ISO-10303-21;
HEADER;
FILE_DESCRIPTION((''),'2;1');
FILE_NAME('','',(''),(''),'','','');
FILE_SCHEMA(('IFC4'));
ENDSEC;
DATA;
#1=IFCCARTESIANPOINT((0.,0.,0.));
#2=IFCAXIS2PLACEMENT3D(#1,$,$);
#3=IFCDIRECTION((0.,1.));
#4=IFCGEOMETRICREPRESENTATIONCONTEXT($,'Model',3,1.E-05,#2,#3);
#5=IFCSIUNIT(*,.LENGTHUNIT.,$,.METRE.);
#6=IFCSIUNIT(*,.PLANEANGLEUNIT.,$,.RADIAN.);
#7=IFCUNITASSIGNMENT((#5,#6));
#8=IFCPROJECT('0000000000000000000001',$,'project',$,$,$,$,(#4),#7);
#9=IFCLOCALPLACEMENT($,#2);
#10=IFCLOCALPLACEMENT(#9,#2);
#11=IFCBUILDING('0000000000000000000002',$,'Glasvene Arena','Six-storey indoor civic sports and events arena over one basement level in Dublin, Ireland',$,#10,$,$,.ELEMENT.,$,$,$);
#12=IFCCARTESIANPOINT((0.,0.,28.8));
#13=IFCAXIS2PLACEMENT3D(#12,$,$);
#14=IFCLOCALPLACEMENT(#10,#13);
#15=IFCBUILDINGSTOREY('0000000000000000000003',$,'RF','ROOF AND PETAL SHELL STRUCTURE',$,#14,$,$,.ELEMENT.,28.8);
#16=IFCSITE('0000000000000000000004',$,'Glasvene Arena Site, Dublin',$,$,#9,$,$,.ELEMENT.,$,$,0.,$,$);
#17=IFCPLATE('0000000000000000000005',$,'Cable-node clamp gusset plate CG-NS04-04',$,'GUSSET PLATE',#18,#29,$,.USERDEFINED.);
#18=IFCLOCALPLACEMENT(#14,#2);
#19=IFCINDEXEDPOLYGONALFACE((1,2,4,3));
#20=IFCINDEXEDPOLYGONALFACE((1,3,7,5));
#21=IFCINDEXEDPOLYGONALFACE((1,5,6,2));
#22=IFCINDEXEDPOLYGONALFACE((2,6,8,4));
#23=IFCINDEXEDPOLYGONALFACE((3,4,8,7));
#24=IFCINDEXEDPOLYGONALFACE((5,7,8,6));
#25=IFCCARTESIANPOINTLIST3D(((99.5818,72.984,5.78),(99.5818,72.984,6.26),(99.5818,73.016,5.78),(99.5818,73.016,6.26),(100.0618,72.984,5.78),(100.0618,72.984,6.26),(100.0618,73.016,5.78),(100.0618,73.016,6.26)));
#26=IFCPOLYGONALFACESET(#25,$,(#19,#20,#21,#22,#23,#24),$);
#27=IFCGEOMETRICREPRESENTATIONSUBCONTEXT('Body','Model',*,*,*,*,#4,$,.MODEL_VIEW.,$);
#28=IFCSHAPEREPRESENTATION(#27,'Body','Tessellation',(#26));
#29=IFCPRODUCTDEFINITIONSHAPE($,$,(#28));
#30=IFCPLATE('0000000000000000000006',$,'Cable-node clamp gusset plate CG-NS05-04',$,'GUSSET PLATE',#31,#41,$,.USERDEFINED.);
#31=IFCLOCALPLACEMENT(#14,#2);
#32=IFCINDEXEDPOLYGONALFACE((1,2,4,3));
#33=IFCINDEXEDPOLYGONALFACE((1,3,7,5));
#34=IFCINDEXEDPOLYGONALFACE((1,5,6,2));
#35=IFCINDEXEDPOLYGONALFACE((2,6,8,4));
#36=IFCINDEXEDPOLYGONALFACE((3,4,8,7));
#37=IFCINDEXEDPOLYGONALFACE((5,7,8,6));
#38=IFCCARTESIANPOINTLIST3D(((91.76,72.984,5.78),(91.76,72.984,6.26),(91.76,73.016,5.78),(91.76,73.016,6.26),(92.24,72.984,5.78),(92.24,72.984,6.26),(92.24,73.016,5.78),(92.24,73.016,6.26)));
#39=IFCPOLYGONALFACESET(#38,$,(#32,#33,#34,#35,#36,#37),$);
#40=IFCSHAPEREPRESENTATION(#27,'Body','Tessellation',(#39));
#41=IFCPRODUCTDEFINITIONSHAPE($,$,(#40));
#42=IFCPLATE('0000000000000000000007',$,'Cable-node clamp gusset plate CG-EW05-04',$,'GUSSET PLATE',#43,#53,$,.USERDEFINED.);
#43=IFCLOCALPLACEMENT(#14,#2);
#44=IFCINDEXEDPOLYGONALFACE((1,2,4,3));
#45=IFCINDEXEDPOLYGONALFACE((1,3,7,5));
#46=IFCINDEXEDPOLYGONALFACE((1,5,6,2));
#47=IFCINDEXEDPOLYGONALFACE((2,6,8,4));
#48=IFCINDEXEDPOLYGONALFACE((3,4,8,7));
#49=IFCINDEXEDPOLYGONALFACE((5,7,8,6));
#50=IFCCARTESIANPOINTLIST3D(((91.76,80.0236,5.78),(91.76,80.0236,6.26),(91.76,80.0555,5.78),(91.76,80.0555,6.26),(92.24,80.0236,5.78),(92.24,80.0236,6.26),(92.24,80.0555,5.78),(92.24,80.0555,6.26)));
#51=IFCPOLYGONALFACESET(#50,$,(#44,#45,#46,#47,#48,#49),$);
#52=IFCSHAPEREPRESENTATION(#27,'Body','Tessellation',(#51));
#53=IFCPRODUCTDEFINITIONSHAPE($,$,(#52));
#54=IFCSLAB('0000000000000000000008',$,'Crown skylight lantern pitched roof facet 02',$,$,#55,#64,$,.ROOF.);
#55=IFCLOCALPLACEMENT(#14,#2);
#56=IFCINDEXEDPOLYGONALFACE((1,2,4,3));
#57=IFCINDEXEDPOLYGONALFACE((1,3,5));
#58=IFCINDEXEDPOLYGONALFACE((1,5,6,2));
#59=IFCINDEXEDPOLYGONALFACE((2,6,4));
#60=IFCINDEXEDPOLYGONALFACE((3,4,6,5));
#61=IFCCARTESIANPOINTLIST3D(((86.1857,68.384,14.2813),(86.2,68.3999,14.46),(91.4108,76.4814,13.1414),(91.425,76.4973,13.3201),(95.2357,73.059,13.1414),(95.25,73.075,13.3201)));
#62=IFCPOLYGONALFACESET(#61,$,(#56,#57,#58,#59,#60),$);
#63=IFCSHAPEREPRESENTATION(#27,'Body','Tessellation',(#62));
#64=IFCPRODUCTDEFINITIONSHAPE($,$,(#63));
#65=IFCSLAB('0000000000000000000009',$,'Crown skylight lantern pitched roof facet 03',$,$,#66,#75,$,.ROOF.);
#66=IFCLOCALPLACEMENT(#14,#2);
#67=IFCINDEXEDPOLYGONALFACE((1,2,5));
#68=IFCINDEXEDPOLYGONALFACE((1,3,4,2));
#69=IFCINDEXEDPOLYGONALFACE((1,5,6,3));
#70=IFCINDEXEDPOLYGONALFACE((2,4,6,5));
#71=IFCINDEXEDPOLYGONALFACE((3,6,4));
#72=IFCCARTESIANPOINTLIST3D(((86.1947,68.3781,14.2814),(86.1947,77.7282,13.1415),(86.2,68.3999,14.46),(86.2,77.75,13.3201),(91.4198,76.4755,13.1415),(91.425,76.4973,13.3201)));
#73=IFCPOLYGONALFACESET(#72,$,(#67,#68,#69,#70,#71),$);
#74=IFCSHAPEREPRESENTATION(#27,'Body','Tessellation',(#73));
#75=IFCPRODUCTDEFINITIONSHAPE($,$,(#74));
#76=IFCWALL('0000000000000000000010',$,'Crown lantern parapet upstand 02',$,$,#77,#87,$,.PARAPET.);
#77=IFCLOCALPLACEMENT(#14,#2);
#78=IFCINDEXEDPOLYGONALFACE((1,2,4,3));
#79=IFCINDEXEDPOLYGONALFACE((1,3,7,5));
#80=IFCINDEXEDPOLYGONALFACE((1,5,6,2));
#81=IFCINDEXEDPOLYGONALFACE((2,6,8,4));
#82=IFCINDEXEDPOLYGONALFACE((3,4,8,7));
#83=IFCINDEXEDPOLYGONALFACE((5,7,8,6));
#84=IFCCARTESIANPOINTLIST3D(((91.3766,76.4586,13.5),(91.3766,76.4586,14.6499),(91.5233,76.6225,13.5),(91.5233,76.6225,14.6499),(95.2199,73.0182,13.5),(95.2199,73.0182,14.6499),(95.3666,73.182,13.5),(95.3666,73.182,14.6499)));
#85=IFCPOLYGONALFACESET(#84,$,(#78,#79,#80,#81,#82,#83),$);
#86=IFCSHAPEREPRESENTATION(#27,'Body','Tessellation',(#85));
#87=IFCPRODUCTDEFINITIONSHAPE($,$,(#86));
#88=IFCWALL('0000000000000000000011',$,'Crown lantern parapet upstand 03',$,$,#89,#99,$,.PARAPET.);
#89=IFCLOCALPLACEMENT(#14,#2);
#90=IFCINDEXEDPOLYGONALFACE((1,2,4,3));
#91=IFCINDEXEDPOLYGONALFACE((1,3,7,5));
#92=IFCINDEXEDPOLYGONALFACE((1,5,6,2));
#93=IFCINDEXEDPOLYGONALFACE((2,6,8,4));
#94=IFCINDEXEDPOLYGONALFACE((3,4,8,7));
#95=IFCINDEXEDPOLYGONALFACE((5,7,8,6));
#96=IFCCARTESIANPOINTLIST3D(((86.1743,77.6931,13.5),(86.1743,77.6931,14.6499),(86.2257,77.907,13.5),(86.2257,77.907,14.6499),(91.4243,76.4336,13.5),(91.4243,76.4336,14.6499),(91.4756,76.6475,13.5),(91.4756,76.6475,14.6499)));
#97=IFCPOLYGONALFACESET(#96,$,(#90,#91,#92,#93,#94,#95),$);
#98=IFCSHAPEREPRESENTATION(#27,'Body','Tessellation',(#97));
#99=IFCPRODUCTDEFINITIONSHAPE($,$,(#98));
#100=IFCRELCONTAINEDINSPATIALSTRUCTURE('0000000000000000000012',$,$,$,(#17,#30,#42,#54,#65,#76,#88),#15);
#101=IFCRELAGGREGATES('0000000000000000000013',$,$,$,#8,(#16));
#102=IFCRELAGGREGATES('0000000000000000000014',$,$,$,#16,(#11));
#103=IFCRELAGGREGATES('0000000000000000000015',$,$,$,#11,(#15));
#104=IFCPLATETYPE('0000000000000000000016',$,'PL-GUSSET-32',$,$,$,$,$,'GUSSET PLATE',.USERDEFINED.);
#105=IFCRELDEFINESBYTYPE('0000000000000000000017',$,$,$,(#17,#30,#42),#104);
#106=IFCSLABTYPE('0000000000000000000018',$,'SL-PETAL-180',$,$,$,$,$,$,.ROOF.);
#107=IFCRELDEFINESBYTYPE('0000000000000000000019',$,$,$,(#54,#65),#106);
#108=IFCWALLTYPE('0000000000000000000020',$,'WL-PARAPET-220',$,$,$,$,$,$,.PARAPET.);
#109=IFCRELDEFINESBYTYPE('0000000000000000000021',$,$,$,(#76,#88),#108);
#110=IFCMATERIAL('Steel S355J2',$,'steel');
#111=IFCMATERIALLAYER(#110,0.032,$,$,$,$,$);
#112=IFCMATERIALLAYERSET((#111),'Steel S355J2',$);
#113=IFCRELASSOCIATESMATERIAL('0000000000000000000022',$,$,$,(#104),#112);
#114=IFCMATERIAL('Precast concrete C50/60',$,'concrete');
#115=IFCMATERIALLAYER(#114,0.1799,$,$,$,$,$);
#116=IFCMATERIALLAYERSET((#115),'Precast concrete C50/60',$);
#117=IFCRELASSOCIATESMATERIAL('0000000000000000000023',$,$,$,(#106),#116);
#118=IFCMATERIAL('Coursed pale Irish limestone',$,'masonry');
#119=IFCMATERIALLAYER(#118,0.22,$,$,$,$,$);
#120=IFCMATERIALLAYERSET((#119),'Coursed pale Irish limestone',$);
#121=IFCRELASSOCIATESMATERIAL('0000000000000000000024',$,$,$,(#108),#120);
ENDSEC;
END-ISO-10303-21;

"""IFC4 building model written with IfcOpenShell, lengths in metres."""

from ifc_helpers import new_model, si_unit, direction, frame, frame_2d, origin, origin_2d, place, context, subcontext, project, spatial, polyline, rectangle, outline, extrude, material, layer, layer_set, type_object, element, save


model = new_model("IFC4")

# Units and contexts
model_context = context("Model", 3, precision=1e-05, world=origin(), true_north=direction((0.0, 1.0)))
body_context = subcontext(model_context, "Body", "Model", "MODEL_VIEW")
ifc_project = project(units=[si_unit("LENGTHUNIT", "METRE"), si_unit("PLANEANGLEUNIT", "RADIAN")], contexts=[model_context])

# Site, building, storey
site_placement = place(None, origin())
site = spatial("IfcSite", under=ifc_project, at=site_placement, Name="Glasvene Arena Site, Dublin", CompositionType="ELEMENT", RefElevation=0.0)
building_placement = place(site_placement, origin())
building = spatial("IfcBuilding", under=site, at=building_placement, Name="Glasvene Arena", Description="Six-storey indoor civic sports and events arena over one basement level in Dublin, Ireland", CompositionType="ELEMENT")
storey_placement = place(building_placement, frame((0.0, 0.0, 28.8)))
storey = spatial("IfcBuildingStorey", under=building, at=storey_placement, Name="RF", Description="ROOF AND PETAL SHELL STRUCTURE", CompositionType="ELEMENT", Elevation=28.8)

# Shared definitions
ifc_material_1 = material(Name="Steel S355J2", Category="steel")

# Plates
ifc_layer_1 = layer(ifc_material_1, 0.032)
ifc_layer_set_1 = layer_set([ifc_layer_1], Name="Steel S355J2")
plate_type_1 = type_object("IfcPlateType", Name="PL-GUSSET-32", ElementType="GUSSET PLATE", PredefinedType="USERDEFINED", material=ifc_layer_set_1)
for number, where, z_axis, x_axis, name in (
    (1, (99.8218, 73.0, 5.78), (0.0, 0.0, 1.0), (1.0, 0.0, 0.0), "Cable-node clamp gusset plate CG-NS04-04"),
    (2, (92.0, 73.0, 5.78), (0.0, 0.0, 1.0), (1.0, 0.0, 0.0), "Cable-node clamp gusset plate CG-NS05-04"),
    (3, (92.0, 80.0396, 5.78), (0.0, 0.0, 1.0), (1.0, 0.0, 0.0), "Cable-node clamp gusset plate CG-EW05-04"),
):
    element("IfcPlate", number, at=place(storey_placement, frame(where, z_axis=z_axis, x_axis=x_axis)), inside=storey, type_object=plate_type_1, Name=name, ObjectType="GUSSET PLATE", PredefinedType="USERDEFINED", context=body_context, shape_type="SweptSolid", body=[
        extrude(rectangle(XDim=0.48, YDim=0.032, at=origin_2d()), origin(), (0.0, 0.0, 1.0), 0.48),
    ])

# Slabs
ifc_material_2 = material(Name="Precast concrete C50/60", Category="concrete")
ifc_layer_2 = layer(ifc_material_2, 0.1799)
ifc_layer_set_2 = layer_set([ifc_layer_2], Name="Precast concrete C50/60")
slab_type = type_object("IfcSlabType", Name="SL-PETAL-180", PredefinedType="ROOF", material=ifc_layer_set_2)
slab_1_placement = place(storey_placement, frame((95.25, 73.075, 13.3201), z_axis=(0.079286, 0.088612, 0.992906), x_axis=(-0.745238, 0.666799, 0.0)))
element("IfcSlab", 4, at=slab_1_placement, inside=storey, type_object=slab_type, Name="Crown skylight lantern pitched roof facet 02", PredefinedType="ROOF", context=body_context, shape_type="SweptSolid", body=[
    extrude(outline(polyline([(0.0, 0.0), (5.1325, 0.0), (3.6271, 9.5866), (0.0, 0.0)])), origin(), (0.0, 0.0, -1.0), 0.1799),
])
slab_2_placement = place(storey_placement, frame((91.425, 76.4973, 13.3201), z_axis=(0.029001, 0.120965, 0.992233), x_axis=(-0.972444, 0.233138, 0.0)))
element("IfcSlab", 5, at=slab_2_placement, inside=storey, type_object=slab_type, Name="Crown skylight lantern pitched roof facet 03", PredefinedType="ROOF", context=body_context, shape_type="SweptSolid", body=[
    extrude(outline(polyline([(0.0, 0.0), (5.3732, 0.0), (3.1933, 9.1636), (0.0, 0.0)])), origin(), (0.0, 0.0, -1.0), 0.1799),
])

# Walls
ifc_material_3 = material(Name="Coursed pale Irish limestone", Category="masonry")
ifc_layer_3 = layer(ifc_material_3, 0.22)
ifc_layer_set_3 = layer_set([ifc_layer_3], Name="Coursed pale Irish limestone")
wall_type = type_object("IfcWallType", Name="WL-PARAPET-220", PredefinedType="PARAPET", material=ifc_layer_set_3)
wall_1_placement = place(storey_placement, frame((95.2932, 73.1001, 13.5), z_axis=(0.0, 0.0, 1.0), x_axis=(-0.745075, 0.66698, 0.0)))
element("IfcWall", 6, at=wall_1_placement, inside=storey, type_object=wall_type, Name="Crown lantern parapet upstand 02", PredefinedType="PARAPET", context=body_context, shape_type="SweptSolid", body=[
    extrude(rectangle(XDim=5.1582, YDim=0.22, at=frame_2d((2.5791, 0.0))), origin(), (0.0, 0.0, 1.0), 1.1499),
])
wall_2_placement = place(storey_placement, frame((91.45, 76.5405, 13.5), z_axis=(0.0, 0.0, 1.0), x_axis=(-0.972407, 0.233289, 0.0)))
element("IfcWall", 7, at=wall_2_placement, inside=storey, type_object=wall_type, Name="Crown lantern parapet upstand 03", PredefinedType="PARAPET", context=body_context, shape_type="SweptSolid", body=[
    extrude(rectangle(XDim=5.3989, YDim=0.22, at=frame_2d((2.6995, 0.0))), origin(), (0.0, 0.0, 1.0), 1.1499),
])

save(model, "model.ifc")
